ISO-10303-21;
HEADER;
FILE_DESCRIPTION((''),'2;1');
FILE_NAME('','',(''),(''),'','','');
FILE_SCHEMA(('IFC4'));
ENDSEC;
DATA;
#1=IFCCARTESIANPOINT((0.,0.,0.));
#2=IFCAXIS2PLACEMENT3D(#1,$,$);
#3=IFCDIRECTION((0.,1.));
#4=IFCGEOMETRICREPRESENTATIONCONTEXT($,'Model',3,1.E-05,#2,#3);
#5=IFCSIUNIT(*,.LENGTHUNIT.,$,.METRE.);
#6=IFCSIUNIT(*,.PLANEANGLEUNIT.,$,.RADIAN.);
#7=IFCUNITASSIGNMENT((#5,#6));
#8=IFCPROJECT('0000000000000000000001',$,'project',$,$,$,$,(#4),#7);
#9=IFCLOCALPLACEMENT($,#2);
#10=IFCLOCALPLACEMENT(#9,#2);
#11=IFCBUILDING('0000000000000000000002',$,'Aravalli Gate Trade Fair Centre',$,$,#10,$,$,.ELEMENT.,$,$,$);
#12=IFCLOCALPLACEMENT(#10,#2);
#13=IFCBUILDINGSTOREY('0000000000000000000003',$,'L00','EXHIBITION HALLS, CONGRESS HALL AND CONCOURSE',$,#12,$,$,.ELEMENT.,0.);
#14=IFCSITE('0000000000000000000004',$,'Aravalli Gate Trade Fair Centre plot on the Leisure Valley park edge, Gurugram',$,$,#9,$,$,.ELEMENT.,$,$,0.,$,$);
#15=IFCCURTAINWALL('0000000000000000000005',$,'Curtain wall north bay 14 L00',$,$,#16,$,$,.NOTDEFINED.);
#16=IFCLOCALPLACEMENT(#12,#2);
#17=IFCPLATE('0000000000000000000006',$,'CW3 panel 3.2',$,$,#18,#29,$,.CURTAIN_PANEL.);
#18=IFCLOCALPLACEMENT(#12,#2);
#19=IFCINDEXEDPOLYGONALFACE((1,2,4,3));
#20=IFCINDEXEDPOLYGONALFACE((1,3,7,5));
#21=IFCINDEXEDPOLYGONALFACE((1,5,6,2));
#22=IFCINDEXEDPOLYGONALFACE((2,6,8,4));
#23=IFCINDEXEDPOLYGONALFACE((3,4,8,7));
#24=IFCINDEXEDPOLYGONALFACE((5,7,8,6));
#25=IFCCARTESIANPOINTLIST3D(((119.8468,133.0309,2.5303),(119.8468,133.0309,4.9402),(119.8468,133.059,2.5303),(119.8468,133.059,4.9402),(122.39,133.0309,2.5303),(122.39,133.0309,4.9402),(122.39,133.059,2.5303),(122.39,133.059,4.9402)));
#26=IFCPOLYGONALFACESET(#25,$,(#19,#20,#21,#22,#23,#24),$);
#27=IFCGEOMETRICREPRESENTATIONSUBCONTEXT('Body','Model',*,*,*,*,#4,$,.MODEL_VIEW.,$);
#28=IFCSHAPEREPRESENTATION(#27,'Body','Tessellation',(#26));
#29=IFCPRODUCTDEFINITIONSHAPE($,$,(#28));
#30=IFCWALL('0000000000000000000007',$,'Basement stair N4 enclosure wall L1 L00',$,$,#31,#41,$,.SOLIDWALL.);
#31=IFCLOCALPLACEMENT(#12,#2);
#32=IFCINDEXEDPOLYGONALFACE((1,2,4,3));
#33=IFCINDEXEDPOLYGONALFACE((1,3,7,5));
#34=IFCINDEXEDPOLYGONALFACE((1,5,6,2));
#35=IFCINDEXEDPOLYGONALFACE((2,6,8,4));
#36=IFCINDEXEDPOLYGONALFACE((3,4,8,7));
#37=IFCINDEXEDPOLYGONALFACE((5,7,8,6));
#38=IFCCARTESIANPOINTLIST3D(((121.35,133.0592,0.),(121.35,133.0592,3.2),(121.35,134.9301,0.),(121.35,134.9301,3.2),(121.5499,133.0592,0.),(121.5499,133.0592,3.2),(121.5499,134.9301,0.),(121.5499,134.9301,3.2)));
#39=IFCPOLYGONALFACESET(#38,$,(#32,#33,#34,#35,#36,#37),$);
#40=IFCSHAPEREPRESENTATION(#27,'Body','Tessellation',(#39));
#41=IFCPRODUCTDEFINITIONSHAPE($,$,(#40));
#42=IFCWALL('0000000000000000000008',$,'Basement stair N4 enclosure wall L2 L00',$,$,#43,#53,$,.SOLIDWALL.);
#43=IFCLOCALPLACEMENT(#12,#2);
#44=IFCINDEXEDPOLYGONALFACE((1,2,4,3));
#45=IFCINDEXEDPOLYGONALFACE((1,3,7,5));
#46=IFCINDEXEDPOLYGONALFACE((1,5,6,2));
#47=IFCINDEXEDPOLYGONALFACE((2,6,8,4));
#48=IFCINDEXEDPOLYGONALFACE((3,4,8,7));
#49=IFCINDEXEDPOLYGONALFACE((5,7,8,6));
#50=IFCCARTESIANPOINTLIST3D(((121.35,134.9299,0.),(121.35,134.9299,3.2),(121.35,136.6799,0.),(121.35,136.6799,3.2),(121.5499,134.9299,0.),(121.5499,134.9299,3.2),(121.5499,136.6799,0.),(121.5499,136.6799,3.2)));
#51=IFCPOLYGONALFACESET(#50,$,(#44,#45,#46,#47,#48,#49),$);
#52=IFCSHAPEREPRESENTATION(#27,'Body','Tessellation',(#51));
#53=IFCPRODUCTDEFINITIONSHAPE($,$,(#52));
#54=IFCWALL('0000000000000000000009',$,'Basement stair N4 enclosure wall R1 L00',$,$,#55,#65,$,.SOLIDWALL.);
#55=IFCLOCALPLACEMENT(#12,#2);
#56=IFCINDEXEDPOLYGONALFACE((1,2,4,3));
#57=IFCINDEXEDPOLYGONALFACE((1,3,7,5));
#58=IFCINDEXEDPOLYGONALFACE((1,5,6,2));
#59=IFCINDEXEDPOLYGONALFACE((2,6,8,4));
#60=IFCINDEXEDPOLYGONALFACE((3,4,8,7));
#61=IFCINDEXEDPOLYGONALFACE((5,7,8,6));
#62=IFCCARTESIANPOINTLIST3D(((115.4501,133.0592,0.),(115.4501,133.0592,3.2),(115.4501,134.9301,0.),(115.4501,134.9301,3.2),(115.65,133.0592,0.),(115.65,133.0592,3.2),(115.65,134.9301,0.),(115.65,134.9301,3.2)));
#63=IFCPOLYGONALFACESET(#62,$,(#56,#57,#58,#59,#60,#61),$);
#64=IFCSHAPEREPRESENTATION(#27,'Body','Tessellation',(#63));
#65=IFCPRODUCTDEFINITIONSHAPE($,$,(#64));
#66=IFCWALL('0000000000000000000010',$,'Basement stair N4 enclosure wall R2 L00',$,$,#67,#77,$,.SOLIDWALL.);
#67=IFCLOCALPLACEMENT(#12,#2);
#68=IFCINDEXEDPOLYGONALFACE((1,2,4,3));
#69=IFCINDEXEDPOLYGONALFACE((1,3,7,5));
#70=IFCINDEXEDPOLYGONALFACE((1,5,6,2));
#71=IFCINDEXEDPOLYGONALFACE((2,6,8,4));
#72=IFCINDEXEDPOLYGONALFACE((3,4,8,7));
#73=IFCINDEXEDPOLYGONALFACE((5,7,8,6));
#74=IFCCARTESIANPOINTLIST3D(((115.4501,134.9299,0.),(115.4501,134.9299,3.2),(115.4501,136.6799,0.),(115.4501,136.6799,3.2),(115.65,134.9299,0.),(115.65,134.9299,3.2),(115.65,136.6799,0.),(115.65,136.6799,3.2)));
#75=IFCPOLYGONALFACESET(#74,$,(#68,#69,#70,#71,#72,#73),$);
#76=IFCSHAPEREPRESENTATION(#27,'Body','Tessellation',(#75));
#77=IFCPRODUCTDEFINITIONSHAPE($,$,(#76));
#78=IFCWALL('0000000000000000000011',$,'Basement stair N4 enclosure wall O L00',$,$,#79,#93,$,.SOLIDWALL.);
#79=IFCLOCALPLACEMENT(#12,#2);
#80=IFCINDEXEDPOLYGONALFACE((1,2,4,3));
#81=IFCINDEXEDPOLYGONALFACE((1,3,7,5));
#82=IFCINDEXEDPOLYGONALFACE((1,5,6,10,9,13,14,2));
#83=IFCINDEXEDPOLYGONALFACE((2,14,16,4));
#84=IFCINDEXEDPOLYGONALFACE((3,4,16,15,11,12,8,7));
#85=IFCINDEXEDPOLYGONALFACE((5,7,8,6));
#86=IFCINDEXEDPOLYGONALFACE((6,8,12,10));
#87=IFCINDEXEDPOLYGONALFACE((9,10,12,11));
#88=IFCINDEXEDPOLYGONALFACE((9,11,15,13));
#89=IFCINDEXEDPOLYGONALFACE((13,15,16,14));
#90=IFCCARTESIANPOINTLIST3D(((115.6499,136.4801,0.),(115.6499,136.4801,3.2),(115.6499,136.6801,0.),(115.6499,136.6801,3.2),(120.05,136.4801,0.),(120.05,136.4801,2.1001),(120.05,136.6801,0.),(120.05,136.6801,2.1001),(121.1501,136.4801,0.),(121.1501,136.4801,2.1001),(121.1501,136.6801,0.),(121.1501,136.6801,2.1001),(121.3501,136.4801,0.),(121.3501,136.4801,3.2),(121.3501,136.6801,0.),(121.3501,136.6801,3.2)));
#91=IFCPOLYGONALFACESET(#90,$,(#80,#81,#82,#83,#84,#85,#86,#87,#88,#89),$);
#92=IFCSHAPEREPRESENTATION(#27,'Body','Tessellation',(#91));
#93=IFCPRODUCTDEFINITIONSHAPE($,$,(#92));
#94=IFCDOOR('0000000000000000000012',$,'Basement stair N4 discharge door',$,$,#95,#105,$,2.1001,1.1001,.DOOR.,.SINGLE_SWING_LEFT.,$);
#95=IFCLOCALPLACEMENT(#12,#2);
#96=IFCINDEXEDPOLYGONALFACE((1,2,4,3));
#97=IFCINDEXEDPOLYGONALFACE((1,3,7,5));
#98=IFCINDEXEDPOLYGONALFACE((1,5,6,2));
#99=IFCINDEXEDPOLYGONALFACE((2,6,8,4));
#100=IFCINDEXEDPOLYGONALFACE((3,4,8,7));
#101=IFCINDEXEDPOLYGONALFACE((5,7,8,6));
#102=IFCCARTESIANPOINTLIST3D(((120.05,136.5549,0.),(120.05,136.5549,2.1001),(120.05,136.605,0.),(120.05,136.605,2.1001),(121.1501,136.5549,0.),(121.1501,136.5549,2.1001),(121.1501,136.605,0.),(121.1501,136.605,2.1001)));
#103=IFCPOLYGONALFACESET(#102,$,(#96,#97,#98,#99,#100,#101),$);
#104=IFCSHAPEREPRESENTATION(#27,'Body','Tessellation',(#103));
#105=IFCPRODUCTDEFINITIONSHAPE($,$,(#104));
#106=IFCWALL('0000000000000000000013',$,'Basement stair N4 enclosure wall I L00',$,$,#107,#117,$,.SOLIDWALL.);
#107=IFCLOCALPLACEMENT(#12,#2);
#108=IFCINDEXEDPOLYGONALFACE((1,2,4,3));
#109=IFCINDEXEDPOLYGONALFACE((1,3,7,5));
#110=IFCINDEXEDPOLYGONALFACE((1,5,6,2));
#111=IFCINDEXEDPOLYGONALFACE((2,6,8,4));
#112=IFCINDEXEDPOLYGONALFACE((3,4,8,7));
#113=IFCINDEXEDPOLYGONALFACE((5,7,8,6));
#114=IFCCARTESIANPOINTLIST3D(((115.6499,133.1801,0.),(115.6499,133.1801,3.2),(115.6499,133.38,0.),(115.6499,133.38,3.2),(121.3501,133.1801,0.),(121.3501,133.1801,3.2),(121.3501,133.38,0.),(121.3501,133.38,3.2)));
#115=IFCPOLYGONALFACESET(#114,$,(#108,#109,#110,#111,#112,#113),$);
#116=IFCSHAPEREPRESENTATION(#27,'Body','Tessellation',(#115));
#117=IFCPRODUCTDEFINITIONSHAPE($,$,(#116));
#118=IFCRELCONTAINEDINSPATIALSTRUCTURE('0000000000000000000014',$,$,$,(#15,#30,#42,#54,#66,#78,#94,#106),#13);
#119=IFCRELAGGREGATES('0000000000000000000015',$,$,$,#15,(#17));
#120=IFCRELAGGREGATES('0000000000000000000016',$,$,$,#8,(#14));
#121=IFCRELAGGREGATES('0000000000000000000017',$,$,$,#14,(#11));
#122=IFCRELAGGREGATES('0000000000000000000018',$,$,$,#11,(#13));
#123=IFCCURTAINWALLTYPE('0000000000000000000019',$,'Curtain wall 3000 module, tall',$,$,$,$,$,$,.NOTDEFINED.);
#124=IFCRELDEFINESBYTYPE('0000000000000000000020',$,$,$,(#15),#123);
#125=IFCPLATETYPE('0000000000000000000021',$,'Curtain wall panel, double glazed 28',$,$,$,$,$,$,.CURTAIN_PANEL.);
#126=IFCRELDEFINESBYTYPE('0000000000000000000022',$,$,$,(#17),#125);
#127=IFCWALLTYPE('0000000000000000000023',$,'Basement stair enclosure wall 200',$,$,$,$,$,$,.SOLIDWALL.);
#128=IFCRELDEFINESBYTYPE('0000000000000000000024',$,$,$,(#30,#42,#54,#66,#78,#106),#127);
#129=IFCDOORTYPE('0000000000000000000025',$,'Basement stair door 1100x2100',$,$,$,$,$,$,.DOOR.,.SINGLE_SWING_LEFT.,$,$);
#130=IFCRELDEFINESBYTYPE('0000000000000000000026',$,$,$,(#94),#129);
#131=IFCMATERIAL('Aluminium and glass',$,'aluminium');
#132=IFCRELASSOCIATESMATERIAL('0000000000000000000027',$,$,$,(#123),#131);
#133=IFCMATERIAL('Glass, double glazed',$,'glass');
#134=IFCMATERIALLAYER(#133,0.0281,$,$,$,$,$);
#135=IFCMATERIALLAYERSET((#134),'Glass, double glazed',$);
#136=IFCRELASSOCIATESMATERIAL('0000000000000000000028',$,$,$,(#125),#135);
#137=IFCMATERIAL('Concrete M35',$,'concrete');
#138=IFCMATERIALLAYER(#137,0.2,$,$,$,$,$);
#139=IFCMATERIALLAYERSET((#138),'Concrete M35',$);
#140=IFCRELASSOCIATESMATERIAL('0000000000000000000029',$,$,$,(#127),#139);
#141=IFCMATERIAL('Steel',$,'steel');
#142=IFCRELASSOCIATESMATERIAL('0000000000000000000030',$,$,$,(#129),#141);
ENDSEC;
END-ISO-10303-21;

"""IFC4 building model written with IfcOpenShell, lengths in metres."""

from ifc_helpers import new_model, si_unit, direction, frame, frame_2d, origin, origin_2d, place, context, subcontext, project, spatial, rectangle, extrude, material, layer, layer_set, type_object, element, fill, aggregate, save


model = new_model("IFC4")

# Units and contexts
model_context = context("Model", 3, precision=1e-05, world=origin(), true_north=direction((0.0, 1.0)))
body_context = subcontext(model_context, "Body", "Model", "MODEL_VIEW")
ifc_project = project(units=[si_unit("LENGTHUNIT", "METRE"), si_unit("PLANEANGLEUNIT", "RADIAN")], contexts=[model_context])

# Site, building, storey
site_placement = place(None, origin())
site = spatial("IfcSite", under=ifc_project, at=site_placement, Name="Aravalli Gate Trade Fair Centre plot on the Leisure Valley park edge, Gurugram", CompositionType="ELEMENT", RefElevation=0.0)
building_placement = place(site_placement, origin())
building = spatial("IfcBuilding", under=site, at=building_placement, Name="Aravalli Gate Trade Fair Centre", CompositionType="ELEMENT")
storey_placement = place(building_placement, origin())
storey = spatial("IfcBuildingStorey", under=building, at=storey_placement, Name="L00", Description="EXHIBITION HALLS, CONGRESS HALL AND CONCOURSE", CompositionType="ELEMENT", Elevation=0.0)

# Curtain wall, plate
ifc_material_1 = material(Name="Aluminium and glass", Category="aluminium")
curtain_wall_type = type_object("IfcCurtainWallType", Name="Curtain wall 3000 module, tall", PredefinedType="NOTDEFINED", material=ifc_material_1)
curtain_wall_placement = place(storey_placement, origin())
curtain_wall = element("IfcCurtainWall", 1, at=curtain_wall_placement, inside=storey, type_object=curtain_wall_type, Name="Curtain wall north bay 14 L00", PredefinedType="NOTDEFINED")
ifc_material_2 = material(Name="Glass, double glazed", Category="glass")
ifc_layer_1 = layer(ifc_material_2, 0.0281)
ifc_layer_set_1 = layer_set([ifc_layer_1], Name="Glass, double glazed")
plate_type = type_object("IfcPlateType", Name="Curtain wall panel, double glazed 28", PredefinedType="CURTAIN_PANEL", material=ifc_layer_set_1)
plate_1_placement = place(storey_placement, frame((121.1184, 133.0449, 2.5303), z_axis=(0.0, 0.0, 1.0), x_axis=(1.0, 0.0, 0.0)))
plate_1 = element("IfcPlate", 2, at=plate_1_placement, type_object=plate_type, Name="CW3 panel 3.2", PredefinedType="CURTAIN_PANEL", context=body_context, shape_type="SweptSolid", body=[
    extrude(rectangle(XDim=2.5432, YDim=0.0281, at=origin_2d()), origin(), (0.0, 0.0, 1.0), 2.4099),
])
aggregate(curtain_wall, [plate_1])

# Walls
ifc_material_3 = material(Name="Concrete M35", Category="concrete")
ifc_layer_2 = layer(ifc_material_3, 0.2)
ifc_layer_set_2 = layer_set([ifc_layer_2], Name="Concrete M35")
wall_type = type_object("IfcWallType", Name="Basement stair enclosure wall 200", PredefinedType="SOLIDWALL", material=ifc_layer_set_2)
wall_1_placement = place(storey_placement, frame((121.45, 133.0591, 0.0), z_axis=(0.0, 0.0, 1.0), x_axis=(0.0, 1.0, 0.0)))
element("IfcWall", 3, at=wall_1_placement, inside=storey, type_object=wall_type, Name="Basement stair N4 enclosure wall L1 L00", PredefinedType="SOLIDWALL", context=body_context, shape_type="SweptSolid", body=[
    extrude(rectangle(XDim=1.8708, YDim=0.2, at=frame_2d((0.9355, 0.0))), origin(), (0.0, 0.0, 1.0), 3.2),
])
wall_2_placement = place(storey_placement, frame((121.45, 134.9299, 0.0), z_axis=(0.0, 0.0, 1.0), x_axis=(0.0, 1.0, 0.0)))
element("IfcWall", 4, at=wall_2_placement, inside=storey, type_object=wall_type, Name="Basement stair N4 enclosure wall L2 L00", PredefinedType="SOLIDWALL", context=body_context, shape_type="SweptSolid", body=[
    extrude(rectangle(XDim=1.75, YDim=0.2, at=frame_2d((0.875, 0.0))), origin(), (0.0, 0.0, 1.0), 3.2),
])
wall_3_placement = place(storey_placement, frame((115.55, 133.0591, 0.0), z_axis=(0.0, 0.0, 1.0), x_axis=(0.0, 1.0, 0.0)))
element("IfcWall", 5, at=wall_3_placement, inside=storey, type_object=wall_type, Name="Basement stair N4 enclosure wall R1 L00", PredefinedType="SOLIDWALL", context=body_context, shape_type="SweptSolid", body=[
    extrude(rectangle(XDim=1.8708, YDim=0.2, at=frame_2d((0.9355, 0.0))), origin(), (0.0, 0.0, 1.0), 3.2),
])
wall_4_placement = place(storey_placement, frame((115.55, 134.9299, 0.0), z_axis=(0.0, 0.0, 1.0), x_axis=(0.0, 1.0, 0.0)))
element("IfcWall", 6, at=wall_4_placement, inside=storey, type_object=wall_type, Name="Basement stair N4 enclosure wall R2 L00", PredefinedType="SOLIDWALL", context=body_context, shape_type="SweptSolid", body=[
    extrude(rectangle(XDim=1.75, YDim=0.2, at=frame_2d((0.875, 0.0))), origin(), (0.0, 0.0, 1.0), 3.2),
])

# Wall, opening, door
wall_5_placement = place(storey_placement, frame((121.3501, 136.5801, 0.0), z_axis=(0.0, 0.0, 1.0), x_axis=(-1.0, 0.0, 0.0)))
wall_5 = element("IfcWall", 7, at=wall_5_placement, inside=storey, type_object=wall_type, Name="Basement stair N4 enclosure wall O L00", PredefinedType="SOLIDWALL", context=body_context, shape_type="SweptSolid", body=[
    extrude(rectangle(XDim=5.7002, YDim=0.2, at=frame_2d((2.8501, 0.0))), origin(), (0.0, 0.0, 1.0), 3.2),
])
opening_placement = place(wall_5_placement, frame((0.2, 0.0, 0.0)))
opening = element("IfcOpeningElement", 8, at=opening_placement, cuts=wall_5, PredefinedType="OPENING", context=body_context, shape_type="SweptSolid", body=[
    extrude(rectangle(XDim=1.1001, YDim=2.1001, at=frame_2d((0.55, 1.05))), frame((0.0, 0.1099, 0.0), z_axis=(0.0, -1.0, 0.0), x_axis=(1.0, 0.0, 0.0)), (0.0, 0.0, 1.0), 0.22),
])
ifc_material_4 = material(Name="Steel", Category="steel")
door_type = type_object("IfcDoorType", Name="Basement stair door 1100x2100", OperationType="SINGLE_SWING_LEFT", PredefinedType="DOOR", material=ifc_material_4)
door_placement = place(opening_placement, frame((1.1001, 0.0, 0.0), z_axis=(0.0, 0.0, 1.0), x_axis=(-1.0, 0.0, 0.0)))
door = element("IfcDoor", 9, at=door_placement, inside=storey, type_object=door_type, Name="Basement stair N4 discharge door", OperationType="SINGLE_SWING_LEFT", OverallHeight=2.1001, OverallWidth=1.1001, PredefinedType="DOOR", context=body_context, shape_type="SweptSolid", body=[
    extrude(rectangle(XDim=1.1001, YDim=2.1001, at=frame_2d((0.55, 1.05))), frame((0.0, 0.0249, 0.0), z_axis=(0.0, -1.0, 0.0), x_axis=(1.0, 0.0, 0.0)), (0.0, 0.0, 1.0), 0.05),
])
fill(opening, door)

# Wall
wall_6_placement = place(storey_placement, frame((121.3501, 133.28, 0.0), z_axis=(0.0, 0.0, 1.0), x_axis=(-1.0, 0.0, 0.0)))
element("IfcWall", 10, at=wall_6_placement, inside=storey, type_object=wall_type, Name="Basement stair N4 enclosure wall I L00", PredefinedType="SOLIDWALL", context=body_context, shape_type="SweptSolid", body=[
    extrude(rectangle(XDim=5.7002, YDim=0.2, at=frame_2d((2.8501, 0.0))), origin(), (0.0, 0.0, 1.0), 3.2),
])

save(model, "model.ifc")
